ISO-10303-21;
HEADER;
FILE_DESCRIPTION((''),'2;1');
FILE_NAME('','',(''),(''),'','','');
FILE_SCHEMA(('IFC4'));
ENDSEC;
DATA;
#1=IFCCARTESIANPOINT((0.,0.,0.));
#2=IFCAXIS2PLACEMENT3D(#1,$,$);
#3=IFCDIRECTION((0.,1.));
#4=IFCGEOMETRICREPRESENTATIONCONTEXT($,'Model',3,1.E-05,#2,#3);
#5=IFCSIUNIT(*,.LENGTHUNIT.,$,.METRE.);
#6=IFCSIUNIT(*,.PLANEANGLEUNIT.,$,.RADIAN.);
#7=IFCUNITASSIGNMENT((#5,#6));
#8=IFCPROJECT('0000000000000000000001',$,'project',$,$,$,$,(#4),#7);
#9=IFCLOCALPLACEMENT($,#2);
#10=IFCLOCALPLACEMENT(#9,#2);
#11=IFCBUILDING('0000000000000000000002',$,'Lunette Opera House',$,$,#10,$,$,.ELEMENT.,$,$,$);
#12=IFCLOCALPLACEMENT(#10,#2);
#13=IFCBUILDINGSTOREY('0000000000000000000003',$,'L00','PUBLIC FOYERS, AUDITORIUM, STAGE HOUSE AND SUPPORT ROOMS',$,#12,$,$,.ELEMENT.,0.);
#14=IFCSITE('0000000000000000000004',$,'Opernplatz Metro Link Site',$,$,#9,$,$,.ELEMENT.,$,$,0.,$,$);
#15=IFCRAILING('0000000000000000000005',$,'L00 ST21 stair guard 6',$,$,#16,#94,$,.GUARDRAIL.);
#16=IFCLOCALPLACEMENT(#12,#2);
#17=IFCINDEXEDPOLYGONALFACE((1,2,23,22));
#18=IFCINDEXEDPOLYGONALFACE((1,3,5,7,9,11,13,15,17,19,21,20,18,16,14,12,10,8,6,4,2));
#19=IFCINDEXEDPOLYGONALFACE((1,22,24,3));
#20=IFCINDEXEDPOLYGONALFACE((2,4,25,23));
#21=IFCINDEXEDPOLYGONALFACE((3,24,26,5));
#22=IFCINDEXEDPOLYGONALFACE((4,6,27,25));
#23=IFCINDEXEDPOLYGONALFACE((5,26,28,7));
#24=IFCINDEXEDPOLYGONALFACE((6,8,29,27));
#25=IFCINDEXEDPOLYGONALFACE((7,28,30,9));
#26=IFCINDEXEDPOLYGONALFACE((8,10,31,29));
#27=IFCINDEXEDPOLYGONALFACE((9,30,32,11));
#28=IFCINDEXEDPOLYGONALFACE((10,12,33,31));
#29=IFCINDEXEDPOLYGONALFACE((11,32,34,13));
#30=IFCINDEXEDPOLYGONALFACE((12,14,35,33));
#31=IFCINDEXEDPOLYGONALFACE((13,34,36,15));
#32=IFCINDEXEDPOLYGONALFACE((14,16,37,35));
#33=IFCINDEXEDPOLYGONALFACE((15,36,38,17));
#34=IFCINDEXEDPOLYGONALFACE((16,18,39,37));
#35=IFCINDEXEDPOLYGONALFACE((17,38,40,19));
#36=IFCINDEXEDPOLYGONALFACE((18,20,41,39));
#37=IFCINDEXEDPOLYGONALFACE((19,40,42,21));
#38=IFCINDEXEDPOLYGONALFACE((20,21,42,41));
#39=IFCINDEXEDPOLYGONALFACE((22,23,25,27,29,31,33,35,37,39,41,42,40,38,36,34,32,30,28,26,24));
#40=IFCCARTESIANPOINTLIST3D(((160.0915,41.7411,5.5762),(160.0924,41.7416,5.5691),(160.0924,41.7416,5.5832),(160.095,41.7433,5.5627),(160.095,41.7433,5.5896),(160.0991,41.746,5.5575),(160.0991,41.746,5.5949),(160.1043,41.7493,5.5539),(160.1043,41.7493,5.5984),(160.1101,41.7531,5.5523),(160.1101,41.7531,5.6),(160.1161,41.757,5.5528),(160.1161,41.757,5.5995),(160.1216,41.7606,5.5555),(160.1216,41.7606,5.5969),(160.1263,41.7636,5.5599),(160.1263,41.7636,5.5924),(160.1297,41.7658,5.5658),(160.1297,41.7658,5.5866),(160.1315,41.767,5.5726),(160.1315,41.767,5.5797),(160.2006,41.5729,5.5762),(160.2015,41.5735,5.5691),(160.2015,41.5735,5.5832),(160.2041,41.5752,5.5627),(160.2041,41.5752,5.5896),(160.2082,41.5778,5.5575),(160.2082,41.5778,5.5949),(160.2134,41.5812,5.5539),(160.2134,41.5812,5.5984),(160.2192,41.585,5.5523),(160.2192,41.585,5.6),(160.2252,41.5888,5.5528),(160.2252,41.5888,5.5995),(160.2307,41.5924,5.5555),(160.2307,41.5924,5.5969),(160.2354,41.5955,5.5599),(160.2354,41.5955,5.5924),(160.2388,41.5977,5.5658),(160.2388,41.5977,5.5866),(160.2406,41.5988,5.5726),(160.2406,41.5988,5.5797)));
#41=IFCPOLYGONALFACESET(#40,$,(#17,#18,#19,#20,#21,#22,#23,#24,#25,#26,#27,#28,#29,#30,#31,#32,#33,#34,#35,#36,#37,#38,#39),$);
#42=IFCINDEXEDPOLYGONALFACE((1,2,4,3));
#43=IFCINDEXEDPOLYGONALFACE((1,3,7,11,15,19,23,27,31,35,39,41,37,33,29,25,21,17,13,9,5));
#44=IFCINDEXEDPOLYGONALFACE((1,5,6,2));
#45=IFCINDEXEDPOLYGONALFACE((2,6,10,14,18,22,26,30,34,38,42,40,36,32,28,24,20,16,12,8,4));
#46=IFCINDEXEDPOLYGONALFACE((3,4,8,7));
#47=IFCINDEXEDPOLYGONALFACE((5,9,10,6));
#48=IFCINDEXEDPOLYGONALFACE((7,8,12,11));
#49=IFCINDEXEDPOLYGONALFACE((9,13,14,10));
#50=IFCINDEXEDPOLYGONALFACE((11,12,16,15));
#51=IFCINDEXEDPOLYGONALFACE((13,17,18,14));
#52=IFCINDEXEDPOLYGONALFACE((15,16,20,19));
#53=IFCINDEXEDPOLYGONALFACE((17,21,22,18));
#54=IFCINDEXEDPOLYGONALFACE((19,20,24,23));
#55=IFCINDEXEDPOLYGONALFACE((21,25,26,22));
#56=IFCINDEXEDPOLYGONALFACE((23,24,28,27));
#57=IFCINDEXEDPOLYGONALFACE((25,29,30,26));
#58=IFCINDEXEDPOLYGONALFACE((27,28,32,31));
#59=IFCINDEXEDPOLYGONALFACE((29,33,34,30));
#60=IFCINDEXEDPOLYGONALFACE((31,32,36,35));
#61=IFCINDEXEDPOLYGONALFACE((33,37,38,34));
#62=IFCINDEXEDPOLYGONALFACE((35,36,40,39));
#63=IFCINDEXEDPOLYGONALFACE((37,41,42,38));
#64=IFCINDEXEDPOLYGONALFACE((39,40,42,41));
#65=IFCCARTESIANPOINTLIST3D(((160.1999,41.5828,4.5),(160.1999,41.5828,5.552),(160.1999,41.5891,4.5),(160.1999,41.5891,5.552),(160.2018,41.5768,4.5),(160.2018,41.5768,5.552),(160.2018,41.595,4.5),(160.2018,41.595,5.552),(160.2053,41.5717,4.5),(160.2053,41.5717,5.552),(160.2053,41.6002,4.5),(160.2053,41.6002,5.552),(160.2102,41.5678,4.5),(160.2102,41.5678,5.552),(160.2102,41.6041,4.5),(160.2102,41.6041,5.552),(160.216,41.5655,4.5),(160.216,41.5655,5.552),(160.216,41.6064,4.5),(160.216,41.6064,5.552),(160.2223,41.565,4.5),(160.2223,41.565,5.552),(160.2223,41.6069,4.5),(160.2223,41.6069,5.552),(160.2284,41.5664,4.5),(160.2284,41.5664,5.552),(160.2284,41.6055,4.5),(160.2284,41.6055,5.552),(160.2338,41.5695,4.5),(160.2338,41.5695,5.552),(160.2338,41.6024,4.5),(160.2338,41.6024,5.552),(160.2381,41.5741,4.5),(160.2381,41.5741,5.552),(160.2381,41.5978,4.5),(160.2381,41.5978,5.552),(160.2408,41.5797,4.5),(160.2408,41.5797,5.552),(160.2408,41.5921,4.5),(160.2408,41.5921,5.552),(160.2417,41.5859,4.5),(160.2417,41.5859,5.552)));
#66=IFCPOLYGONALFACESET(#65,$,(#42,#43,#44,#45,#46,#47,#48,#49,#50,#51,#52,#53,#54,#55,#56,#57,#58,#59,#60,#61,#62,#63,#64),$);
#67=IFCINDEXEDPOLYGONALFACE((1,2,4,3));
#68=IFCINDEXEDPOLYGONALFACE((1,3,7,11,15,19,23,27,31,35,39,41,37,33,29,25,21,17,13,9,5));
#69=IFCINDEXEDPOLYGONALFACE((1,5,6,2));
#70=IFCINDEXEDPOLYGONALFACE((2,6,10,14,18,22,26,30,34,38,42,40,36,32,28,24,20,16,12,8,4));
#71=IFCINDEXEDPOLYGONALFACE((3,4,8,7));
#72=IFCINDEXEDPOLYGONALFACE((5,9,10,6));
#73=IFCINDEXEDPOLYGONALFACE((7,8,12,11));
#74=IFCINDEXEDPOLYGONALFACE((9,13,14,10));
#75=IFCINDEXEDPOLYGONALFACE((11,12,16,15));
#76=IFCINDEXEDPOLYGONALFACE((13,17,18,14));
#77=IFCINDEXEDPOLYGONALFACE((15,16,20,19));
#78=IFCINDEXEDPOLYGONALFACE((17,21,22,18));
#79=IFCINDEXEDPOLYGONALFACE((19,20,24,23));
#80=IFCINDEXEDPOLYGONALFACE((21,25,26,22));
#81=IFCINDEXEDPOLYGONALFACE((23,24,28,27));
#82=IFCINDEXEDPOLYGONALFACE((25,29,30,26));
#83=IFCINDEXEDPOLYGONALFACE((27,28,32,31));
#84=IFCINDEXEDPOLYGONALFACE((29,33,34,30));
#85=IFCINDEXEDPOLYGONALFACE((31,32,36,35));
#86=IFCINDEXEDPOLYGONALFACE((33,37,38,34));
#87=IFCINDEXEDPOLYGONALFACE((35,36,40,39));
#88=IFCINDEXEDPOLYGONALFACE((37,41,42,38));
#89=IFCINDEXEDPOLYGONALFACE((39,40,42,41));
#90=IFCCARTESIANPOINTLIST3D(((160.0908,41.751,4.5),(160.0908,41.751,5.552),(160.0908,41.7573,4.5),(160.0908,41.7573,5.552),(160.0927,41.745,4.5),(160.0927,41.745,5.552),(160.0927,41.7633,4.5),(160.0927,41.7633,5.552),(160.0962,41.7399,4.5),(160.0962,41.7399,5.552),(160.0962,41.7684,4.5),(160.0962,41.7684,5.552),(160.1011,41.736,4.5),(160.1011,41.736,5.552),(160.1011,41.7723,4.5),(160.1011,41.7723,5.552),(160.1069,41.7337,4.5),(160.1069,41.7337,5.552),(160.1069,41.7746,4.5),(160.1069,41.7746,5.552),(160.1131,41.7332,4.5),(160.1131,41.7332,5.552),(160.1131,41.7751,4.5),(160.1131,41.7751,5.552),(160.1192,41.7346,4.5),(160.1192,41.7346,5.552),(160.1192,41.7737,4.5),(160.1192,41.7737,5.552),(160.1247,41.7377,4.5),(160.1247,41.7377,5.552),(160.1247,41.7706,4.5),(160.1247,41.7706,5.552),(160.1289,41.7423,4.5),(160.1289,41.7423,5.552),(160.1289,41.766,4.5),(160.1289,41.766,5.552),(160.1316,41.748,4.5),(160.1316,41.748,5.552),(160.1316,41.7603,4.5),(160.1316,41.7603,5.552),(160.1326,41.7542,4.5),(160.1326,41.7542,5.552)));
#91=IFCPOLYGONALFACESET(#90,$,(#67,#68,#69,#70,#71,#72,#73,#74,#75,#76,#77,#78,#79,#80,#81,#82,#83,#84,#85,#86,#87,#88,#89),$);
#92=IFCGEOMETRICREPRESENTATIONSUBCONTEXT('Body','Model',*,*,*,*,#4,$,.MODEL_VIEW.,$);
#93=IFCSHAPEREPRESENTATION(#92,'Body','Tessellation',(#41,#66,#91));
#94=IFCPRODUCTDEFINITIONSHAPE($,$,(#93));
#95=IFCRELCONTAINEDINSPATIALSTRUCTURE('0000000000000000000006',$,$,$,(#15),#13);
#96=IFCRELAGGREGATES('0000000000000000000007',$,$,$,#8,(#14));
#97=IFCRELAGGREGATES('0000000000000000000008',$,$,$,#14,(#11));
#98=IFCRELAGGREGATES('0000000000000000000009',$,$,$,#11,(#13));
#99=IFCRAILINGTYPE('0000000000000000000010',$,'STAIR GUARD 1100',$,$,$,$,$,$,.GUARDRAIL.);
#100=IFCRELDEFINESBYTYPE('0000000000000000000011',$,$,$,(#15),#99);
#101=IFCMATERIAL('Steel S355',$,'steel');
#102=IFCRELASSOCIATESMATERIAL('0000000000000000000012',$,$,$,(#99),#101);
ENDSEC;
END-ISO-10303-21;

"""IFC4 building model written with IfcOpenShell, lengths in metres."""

from ifc_helpers import new_model, si_unit, direction, frame, origin, origin_2d, place, context, subcontext, project, spatial, circle, extrude, material, type_object, element, save


model = new_model("IFC4")

# Units and contexts
model_context = context("Model", 3, precision=1e-05, world=origin(), true_north=direction((0.0, 1.0)))
body_context = subcontext(model_context, "Body", "Model", "MODEL_VIEW")
ifc_project = project(units=[si_unit("LENGTHUNIT", "METRE"), si_unit("PLANEANGLEUNIT", "RADIAN")], contexts=[model_context])

# Site, building, storey
site_placement = place(None, origin())
site = spatial("IfcSite", under=ifc_project, at=site_placement, Name="Opernplatz Metro Link Site", CompositionType="ELEMENT", RefElevation=0.0)
building_placement = place(site_placement, origin())
building = spatial("IfcBuilding", under=site, at=building_placement, Name="Lunette Opera House", CompositionType="ELEMENT")
storey_placement = place(building_placement, origin())
storey = spatial("IfcBuildingStorey", under=building, at=storey_placement, Name="L00", Description="PUBLIC FOYERS, AUDITORIUM, STAGE HOUSE AND SUPPORT ROOMS", CompositionType="ELEMENT", Elevation=0.0)

# Railing
ifc_material_1 = material(Name="Steel S355", Category="steel")
railing_type_1 = type_object("IfcRailingType", Name="STAIR GUARD 1100", PredefinedType="GUARDRAIL", material=ifc_material_1)
railing_1_placement = place(storey_placement, frame((160.2207, 41.5859, 4.5)))
element("IfcRailing", 1, at=railing_1_placement, inside=storey, type_object=railing_type_1, Name="L00 ST21 stair guard 6", PredefinedType="GUARDRAIL", context=body_context, shape_type="SweptSolid", body=[
    extrude(circle(Radius=0.0239, at=origin_2d()), frame((0.0, 0.0, 1.0762), z_axis=(-0.544261, 0.838916, 0.0), x_axis=(-0.838916, -0.544261, 0.0)), (0.0, 0.0, 1.0), 0.2004),
    extrude(circle(Radius=0.021, at=origin_2d()), origin(), (0.0, 0.0, 1.0), 1.052),
    extrude(circle(Radius=0.021, at=origin_2d()), frame((-0.1091, 0.1682, 0.0)), (0.0, 0.0, 1.0), 1.052),
])

save(model, "model.ifc")
